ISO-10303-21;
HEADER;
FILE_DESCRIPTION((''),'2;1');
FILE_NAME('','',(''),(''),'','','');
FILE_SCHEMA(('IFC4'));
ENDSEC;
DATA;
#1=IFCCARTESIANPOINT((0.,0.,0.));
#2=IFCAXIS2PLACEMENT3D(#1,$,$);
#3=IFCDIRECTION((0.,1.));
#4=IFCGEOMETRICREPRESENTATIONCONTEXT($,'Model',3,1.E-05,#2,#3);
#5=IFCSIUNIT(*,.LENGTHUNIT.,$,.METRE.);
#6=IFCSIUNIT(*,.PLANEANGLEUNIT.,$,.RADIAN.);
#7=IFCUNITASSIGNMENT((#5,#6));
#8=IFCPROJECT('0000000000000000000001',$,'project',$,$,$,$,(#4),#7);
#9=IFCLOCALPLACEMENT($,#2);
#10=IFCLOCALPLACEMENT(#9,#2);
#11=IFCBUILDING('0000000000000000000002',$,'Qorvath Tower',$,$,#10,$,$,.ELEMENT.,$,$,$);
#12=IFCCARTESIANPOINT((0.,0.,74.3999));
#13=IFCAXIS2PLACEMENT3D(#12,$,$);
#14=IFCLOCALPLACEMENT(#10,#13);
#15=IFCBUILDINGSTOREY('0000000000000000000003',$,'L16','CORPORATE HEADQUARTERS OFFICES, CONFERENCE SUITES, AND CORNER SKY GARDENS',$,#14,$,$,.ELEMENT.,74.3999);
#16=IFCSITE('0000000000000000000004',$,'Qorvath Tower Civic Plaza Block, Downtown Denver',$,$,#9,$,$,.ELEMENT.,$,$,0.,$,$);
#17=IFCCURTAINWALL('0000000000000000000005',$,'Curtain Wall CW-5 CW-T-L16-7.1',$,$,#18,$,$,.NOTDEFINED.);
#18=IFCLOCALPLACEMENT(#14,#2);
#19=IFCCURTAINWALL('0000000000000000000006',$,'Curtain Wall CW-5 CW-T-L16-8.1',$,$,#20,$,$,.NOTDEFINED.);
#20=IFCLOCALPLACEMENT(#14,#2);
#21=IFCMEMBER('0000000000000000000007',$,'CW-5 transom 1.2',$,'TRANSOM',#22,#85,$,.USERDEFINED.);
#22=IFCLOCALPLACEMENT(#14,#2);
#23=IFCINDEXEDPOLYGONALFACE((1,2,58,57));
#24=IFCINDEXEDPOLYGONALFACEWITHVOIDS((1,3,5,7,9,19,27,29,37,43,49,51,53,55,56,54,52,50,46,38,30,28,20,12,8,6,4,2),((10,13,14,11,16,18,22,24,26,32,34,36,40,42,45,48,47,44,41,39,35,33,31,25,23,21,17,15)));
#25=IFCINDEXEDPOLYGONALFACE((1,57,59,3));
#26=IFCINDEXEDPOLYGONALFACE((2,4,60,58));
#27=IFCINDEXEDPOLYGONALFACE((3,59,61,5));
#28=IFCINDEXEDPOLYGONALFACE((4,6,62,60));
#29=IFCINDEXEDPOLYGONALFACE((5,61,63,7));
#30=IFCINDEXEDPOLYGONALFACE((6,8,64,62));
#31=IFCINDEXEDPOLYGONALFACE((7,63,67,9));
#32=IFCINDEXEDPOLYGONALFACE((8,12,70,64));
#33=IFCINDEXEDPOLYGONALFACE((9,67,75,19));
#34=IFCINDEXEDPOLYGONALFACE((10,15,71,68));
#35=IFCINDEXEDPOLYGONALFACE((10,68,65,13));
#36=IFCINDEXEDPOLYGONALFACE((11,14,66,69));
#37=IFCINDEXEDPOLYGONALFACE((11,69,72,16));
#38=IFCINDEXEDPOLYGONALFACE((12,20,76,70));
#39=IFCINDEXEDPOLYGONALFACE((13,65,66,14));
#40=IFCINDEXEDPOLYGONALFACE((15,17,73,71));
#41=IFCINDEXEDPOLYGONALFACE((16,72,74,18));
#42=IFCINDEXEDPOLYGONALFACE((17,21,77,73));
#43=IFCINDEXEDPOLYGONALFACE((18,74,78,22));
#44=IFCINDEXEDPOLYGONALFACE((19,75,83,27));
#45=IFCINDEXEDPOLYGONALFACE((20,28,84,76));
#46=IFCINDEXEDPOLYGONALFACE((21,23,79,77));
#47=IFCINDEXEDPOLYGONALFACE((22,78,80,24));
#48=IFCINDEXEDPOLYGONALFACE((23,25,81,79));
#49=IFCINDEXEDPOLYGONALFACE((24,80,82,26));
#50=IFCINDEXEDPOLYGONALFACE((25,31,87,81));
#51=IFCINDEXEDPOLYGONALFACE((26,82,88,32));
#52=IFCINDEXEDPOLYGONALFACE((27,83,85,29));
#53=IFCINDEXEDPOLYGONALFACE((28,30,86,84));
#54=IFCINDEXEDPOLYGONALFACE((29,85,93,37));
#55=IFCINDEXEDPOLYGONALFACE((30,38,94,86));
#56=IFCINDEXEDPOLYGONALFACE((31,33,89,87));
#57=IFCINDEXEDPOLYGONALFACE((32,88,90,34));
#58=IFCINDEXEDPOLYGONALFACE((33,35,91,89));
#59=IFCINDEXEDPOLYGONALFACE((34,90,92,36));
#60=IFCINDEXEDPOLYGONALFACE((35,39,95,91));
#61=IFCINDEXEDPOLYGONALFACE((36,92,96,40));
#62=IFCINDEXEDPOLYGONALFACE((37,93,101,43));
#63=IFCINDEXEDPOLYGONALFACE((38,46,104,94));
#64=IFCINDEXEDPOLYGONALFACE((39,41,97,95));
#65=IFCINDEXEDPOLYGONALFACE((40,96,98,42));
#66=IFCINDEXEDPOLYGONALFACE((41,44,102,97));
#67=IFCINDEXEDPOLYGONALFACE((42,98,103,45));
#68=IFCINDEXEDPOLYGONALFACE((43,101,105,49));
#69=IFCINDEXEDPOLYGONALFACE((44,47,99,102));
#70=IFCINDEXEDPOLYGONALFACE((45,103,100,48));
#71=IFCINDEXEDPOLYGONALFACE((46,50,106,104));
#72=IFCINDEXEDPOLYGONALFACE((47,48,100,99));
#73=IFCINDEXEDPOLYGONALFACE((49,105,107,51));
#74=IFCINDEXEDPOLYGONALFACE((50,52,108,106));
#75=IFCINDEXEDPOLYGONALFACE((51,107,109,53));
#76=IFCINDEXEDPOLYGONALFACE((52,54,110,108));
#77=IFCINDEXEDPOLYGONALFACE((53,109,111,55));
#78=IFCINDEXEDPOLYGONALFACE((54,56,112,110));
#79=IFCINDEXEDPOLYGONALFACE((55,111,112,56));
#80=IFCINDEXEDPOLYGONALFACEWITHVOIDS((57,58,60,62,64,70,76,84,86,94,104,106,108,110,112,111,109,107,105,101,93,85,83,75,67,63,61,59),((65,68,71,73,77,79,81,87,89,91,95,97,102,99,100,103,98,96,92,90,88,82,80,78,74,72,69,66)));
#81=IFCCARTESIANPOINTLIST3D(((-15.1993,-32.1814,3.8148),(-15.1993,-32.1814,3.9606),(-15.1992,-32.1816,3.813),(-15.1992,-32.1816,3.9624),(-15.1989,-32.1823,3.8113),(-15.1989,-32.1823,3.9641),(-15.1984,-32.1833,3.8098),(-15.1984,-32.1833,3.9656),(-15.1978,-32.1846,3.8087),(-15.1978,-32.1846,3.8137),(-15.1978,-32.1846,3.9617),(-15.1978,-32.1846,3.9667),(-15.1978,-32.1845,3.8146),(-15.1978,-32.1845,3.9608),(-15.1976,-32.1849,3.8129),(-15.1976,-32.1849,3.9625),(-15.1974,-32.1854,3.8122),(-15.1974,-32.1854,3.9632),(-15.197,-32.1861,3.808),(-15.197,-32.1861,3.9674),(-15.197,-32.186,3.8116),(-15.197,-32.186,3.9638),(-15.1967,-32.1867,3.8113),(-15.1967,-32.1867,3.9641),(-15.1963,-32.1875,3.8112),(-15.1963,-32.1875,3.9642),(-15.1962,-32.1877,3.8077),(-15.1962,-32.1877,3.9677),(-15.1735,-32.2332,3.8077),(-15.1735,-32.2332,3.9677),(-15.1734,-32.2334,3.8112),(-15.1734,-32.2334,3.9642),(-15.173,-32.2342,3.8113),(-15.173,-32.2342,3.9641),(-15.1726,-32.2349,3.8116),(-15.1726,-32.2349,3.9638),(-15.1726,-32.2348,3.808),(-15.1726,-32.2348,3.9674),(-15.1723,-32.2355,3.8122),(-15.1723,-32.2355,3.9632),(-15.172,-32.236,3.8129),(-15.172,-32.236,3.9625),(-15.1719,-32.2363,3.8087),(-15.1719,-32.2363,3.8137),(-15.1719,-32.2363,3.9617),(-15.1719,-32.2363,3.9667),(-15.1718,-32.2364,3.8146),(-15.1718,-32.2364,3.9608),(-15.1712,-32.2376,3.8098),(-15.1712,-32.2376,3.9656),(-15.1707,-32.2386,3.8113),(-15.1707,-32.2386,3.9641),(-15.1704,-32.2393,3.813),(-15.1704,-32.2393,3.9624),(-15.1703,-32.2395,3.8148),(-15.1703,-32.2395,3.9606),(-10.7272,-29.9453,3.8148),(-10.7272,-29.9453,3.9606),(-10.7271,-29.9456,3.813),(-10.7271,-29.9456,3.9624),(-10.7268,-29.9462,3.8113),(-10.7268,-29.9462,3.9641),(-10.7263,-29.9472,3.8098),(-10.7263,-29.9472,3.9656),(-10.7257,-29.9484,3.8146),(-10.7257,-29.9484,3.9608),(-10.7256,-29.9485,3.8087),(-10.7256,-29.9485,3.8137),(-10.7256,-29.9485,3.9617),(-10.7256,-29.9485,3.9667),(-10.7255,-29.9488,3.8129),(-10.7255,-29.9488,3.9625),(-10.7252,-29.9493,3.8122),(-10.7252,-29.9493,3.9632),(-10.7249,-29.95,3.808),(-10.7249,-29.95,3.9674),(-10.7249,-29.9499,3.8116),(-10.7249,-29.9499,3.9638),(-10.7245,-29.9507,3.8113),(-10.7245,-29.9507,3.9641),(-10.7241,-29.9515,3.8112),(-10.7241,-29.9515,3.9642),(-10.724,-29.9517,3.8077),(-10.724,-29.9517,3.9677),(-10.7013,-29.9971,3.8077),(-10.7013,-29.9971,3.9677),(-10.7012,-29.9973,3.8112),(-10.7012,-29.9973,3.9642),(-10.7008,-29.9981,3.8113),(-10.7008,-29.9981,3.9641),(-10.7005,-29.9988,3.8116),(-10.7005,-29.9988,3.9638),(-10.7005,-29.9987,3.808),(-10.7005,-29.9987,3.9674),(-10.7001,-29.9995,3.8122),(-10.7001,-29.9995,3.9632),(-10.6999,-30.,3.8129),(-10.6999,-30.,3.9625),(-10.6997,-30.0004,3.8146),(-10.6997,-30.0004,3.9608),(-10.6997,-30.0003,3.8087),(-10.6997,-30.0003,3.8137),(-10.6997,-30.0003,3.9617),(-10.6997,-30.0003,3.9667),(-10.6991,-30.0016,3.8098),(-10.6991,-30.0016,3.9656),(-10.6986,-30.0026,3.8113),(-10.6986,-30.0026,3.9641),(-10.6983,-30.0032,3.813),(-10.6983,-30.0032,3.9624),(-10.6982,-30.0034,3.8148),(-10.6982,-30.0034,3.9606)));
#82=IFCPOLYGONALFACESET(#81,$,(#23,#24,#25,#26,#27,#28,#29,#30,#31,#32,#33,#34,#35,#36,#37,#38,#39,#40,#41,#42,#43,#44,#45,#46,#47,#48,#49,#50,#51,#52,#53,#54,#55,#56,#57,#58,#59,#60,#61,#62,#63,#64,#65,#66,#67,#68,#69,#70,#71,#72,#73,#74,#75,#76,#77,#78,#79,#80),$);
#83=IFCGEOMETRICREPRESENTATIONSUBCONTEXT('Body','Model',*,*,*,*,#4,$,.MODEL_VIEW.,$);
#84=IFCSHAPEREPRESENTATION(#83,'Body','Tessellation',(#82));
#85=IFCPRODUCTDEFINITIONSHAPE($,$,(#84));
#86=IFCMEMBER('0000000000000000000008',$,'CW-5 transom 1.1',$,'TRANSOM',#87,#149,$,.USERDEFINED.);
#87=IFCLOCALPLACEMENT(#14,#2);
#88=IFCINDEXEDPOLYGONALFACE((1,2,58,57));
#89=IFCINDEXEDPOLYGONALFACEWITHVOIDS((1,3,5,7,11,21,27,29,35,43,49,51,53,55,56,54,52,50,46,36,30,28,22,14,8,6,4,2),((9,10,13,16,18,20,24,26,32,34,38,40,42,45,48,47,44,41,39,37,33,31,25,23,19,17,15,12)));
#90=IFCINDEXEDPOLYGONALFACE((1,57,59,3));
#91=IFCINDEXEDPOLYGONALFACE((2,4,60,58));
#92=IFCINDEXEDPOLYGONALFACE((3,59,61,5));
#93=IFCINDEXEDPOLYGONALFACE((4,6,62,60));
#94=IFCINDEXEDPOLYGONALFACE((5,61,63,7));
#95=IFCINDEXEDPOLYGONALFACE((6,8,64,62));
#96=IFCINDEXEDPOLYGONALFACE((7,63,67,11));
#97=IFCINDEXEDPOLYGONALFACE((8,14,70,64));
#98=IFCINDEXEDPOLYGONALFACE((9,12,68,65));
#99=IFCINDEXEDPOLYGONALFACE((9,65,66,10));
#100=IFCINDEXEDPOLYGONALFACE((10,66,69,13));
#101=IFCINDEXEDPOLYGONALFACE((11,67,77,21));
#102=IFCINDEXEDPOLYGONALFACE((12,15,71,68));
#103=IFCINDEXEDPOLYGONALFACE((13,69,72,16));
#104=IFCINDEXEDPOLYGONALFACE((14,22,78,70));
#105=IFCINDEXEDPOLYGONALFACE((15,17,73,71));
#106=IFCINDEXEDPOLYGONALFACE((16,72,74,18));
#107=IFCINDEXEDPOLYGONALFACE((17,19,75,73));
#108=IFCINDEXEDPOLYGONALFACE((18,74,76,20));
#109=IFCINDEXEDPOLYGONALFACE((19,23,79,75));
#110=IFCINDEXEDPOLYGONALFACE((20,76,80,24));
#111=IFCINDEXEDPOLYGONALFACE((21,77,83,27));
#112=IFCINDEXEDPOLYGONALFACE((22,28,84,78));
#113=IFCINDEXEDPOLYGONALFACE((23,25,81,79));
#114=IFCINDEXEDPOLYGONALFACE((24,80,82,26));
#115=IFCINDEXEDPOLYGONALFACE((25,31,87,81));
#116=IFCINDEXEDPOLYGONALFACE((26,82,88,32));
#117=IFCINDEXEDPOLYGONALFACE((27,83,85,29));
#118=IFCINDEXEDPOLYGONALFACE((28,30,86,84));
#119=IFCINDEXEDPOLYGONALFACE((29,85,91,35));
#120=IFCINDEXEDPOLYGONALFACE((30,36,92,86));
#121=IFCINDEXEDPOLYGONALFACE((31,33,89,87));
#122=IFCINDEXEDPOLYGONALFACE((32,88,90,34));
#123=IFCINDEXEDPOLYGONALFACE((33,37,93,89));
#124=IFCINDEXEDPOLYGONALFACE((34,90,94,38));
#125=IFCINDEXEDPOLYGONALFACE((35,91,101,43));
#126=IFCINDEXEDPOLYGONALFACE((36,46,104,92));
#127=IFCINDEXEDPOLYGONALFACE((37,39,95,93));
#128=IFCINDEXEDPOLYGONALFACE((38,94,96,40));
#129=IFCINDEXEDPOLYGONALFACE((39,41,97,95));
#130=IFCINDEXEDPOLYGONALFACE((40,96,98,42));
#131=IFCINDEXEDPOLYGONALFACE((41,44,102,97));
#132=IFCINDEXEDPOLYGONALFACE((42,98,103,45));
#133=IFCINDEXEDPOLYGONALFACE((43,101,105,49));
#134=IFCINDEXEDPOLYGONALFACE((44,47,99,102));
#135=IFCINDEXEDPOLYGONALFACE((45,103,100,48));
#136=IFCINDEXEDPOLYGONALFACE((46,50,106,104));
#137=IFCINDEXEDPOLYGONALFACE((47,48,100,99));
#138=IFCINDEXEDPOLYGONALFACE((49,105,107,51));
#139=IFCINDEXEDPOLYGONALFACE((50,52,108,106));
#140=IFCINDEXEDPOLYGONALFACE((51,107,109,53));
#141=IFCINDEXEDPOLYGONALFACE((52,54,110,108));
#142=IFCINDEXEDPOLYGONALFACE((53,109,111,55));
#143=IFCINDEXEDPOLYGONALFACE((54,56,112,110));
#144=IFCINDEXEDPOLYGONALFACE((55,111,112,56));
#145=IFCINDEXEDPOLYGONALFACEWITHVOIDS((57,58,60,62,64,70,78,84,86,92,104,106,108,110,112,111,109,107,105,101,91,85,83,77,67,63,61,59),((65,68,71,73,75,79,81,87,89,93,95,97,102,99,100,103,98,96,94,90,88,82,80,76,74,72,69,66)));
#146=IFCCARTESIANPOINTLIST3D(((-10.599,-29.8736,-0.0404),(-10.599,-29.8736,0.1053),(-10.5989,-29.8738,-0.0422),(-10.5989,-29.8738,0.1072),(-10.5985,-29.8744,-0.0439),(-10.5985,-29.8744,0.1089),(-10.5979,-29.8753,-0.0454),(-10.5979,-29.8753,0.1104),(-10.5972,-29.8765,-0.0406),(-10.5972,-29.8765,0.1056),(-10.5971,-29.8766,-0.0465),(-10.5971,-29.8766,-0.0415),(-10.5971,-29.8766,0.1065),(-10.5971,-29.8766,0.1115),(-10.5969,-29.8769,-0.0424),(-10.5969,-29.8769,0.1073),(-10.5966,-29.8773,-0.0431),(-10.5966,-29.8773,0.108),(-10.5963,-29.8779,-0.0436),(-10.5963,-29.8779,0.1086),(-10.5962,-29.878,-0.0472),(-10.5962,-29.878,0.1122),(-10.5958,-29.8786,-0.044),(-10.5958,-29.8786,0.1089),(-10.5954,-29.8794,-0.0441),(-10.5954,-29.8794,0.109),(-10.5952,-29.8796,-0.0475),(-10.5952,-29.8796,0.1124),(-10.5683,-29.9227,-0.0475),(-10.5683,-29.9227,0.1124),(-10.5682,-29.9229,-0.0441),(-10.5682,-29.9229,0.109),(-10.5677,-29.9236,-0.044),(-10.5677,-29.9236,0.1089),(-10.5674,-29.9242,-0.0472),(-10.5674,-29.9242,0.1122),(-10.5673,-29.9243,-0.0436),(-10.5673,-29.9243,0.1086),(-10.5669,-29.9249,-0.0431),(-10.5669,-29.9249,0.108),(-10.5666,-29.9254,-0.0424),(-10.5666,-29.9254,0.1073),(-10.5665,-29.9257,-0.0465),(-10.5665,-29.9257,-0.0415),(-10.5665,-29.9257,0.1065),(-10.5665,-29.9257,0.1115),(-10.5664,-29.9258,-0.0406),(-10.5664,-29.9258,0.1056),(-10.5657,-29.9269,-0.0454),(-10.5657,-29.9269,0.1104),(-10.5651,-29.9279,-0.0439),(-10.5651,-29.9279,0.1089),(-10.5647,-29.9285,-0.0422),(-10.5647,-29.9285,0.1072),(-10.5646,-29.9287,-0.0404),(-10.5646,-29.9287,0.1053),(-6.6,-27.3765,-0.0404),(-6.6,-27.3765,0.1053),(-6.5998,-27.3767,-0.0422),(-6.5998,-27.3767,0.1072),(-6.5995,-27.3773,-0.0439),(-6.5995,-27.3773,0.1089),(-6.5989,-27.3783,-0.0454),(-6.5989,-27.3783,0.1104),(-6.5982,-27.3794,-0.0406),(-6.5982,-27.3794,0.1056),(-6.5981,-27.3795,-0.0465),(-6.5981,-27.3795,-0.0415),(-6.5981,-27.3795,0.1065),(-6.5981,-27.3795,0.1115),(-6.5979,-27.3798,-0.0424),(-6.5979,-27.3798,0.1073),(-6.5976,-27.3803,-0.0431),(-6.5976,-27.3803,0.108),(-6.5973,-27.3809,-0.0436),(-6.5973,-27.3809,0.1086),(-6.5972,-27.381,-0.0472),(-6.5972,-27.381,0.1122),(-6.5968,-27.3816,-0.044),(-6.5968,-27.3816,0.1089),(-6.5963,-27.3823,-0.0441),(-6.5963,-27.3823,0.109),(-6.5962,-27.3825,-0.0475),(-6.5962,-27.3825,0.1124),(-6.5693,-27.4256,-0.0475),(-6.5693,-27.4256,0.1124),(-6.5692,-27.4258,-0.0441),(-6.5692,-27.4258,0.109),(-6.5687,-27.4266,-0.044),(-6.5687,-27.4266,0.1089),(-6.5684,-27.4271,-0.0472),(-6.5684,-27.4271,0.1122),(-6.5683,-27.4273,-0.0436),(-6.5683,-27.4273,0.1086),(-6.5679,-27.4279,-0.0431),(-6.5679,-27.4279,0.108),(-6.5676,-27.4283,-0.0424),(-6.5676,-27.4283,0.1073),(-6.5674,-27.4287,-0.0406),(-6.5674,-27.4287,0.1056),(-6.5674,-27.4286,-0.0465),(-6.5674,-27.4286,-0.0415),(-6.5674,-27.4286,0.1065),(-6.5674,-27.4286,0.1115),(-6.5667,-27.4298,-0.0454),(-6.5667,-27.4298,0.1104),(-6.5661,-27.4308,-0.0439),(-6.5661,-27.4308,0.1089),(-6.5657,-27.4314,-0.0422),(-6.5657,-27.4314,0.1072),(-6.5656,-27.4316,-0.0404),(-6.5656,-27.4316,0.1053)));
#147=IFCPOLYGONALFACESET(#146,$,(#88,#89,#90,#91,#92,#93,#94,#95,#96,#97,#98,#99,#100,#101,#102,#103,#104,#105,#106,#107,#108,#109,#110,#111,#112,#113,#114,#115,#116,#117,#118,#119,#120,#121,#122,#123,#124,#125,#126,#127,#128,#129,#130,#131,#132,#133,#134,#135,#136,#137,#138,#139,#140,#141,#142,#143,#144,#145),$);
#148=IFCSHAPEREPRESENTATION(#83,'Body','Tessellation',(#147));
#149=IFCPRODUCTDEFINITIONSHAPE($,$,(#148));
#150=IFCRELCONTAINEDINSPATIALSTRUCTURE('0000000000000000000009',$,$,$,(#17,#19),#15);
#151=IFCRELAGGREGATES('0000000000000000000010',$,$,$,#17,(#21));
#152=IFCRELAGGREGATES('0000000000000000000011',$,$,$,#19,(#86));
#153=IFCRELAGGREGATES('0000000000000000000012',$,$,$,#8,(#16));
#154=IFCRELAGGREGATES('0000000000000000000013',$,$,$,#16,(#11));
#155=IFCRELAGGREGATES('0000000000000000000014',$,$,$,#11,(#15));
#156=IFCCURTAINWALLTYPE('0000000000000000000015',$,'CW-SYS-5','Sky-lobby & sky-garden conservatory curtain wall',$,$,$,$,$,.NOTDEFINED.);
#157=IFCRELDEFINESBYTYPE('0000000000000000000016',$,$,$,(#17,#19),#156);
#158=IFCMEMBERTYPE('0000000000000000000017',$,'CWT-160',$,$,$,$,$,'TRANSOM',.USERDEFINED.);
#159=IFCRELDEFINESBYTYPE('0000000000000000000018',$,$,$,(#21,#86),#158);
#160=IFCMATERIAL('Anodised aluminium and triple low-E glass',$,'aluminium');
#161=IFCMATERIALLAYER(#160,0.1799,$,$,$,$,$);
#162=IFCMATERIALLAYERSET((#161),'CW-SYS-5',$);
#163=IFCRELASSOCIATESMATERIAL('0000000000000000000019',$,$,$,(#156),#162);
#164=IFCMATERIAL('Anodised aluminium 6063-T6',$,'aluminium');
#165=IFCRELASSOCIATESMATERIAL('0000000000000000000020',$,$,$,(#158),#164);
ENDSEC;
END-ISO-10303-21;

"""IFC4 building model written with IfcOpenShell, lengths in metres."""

from ifc_helpers import new_model, si_unit, direction, frame, origin, origin_2d, place, context, subcontext, project, spatial, hollow_rectangle, extrude, material, layer, layer_set, material_profile, profile_set, type_object, element, aggregate, save


model = new_model("IFC4")

# Units and contexts
model_context = context("Model", 3, precision=1e-05, world=origin(), true_north=direction((0.0, 1.0)))
body_context = subcontext(model_context, "Body", "Model", "MODEL_VIEW")
ifc_project = project(units=[si_unit("LENGTHUNIT", "METRE"), si_unit("PLANEANGLEUNIT", "RADIAN")], contexts=[model_context])

# Site, building, storey
site_placement = place(None, origin())
site = spatial("IfcSite", under=ifc_project, at=site_placement, Name="Qorvath Tower Civic Plaza Block, Downtown Denver", CompositionType="ELEMENT", RefElevation=0.0)
building_placement = place(site_placement, origin())
building = spatial("IfcBuilding", under=site, at=building_placement, Name="Qorvath Tower", CompositionType="ELEMENT")
storey_placement = place(building_placement, frame((0.0, 0.0, 74.3999)))
storey = spatial("IfcBuildingStorey", under=building, at=storey_placement, Name="L16", Description="CORPORATE HEADQUARTERS OFFICES, CONFERENCE SUITES, AND CORNER SKY GARDENS", CompositionType="ELEMENT", Elevation=74.3999)

# Shared definitions
ifc_material_1 = material(Name="Anodised aluminium and triple low-E glass", Category="aluminium")
ifc_layer_1 = layer(ifc_material_1, 0.1799)
ifc_layer_set_1 = layer_set([ifc_layer_1], Name="CW-SYS-5")
curtain_wall_type = type_object("IfcCurtainWallType", Name="CW-SYS-5", Description="Sky-lobby & sky-garden conservatory curtain wall", PredefinedType="NOTDEFINED", material=ifc_layer_set_1)

# Curtain walls
curtain_wall_1_placement = place(storey_placement, origin())
curtain_wall_1 = element("IfcCurtainWall", 1, at=curtain_wall_1_placement, inside=storey, type_object=curtain_wall_type, Name="Curtain Wall CW-5 CW-T-L16-7.1", PredefinedType="NOTDEFINED")
curtain_wall_2_placement = place(storey_placement, origin())
curtain_wall_2 = element("IfcCurtainWall", 2, at=curtain_wall_2_placement, inside=storey, type_object=curtain_wall_type, Name="Curtain Wall CW-5 CW-T-L16-8.1", PredefinedType="NOTDEFINED")

# Members
ifc_material_2 = material(Name="Anodised aluminium 6063-T6", Category="aluminium")
ifc_material_profile_1 = material_profile(ifc_material_2, hollow_rectangle(XDim=0.0649, YDim=0.1599, WallThickness=0.0034, InnerFilletRadius=0.0034, OuterFilletRadius=0.0071, at=origin_2d()), Name="CWT 160x65")
ifc_profile_set_1 = profile_set([ifc_material_profile_1], Name="Anodised aluminium 6063-T6")
member_type_1 = type_object("IfcMemberType", Name="CWT-160", ElementType="TRANSOM", PredefinedType="USERDEFINED", material=ifc_profile_set_1)
member_1_placement = place(storey_placement, frame((-15.1848, -32.2104, 3.8877), z_axis=(0.894427, 0.447214, 0.0), x_axis=(-0.447214, 0.894427, 0.0)))
member_1 = element("IfcMember", 3, at=member_1_placement, type_object=member_type_1, Name="CW-5 transom 1.2", ObjectType="TRANSOM", PredefinedType="USERDEFINED", context=body_context, shape_type="SweptSolid", body=[
    extrude(hollow_rectangle(XDim=0.0649, YDim=0.1599, WallThickness=0.0034, InnerFilletRadius=0.0034, OuterFilletRadius=0.0071, at=origin_2d()), origin(), (0.0, 0.0, 1.0), 5.0),
])
member_2_placement = place(storey_placement, frame((-10.5818, -29.9011, 0.0325), z_axis=(0.848219, 0.529645, 0.0), x_axis=(-0.529645, 0.848219, 0.0)))
member_2 = element("IfcMember", 4, at=member_2_placement, type_object=member_type_1, Name="CW-5 transom 1.1", ObjectType="TRANSOM", PredefinedType="USERDEFINED", context=body_context, shape_type="SweptSolid", body=[
    extrude(hollow_rectangle(XDim=0.0649, YDim=0.1599, WallThickness=0.0034, InnerFilletRadius=0.0034, OuterFilletRadius=0.0071, at=origin_2d()), origin(), (0.0, 0.0, 1.0), 4.7146),
])

aggregate(curtain_wall_1, [member_1])
aggregate(curtain_wall_2, [member_2])

save(model, "model.ifc")
